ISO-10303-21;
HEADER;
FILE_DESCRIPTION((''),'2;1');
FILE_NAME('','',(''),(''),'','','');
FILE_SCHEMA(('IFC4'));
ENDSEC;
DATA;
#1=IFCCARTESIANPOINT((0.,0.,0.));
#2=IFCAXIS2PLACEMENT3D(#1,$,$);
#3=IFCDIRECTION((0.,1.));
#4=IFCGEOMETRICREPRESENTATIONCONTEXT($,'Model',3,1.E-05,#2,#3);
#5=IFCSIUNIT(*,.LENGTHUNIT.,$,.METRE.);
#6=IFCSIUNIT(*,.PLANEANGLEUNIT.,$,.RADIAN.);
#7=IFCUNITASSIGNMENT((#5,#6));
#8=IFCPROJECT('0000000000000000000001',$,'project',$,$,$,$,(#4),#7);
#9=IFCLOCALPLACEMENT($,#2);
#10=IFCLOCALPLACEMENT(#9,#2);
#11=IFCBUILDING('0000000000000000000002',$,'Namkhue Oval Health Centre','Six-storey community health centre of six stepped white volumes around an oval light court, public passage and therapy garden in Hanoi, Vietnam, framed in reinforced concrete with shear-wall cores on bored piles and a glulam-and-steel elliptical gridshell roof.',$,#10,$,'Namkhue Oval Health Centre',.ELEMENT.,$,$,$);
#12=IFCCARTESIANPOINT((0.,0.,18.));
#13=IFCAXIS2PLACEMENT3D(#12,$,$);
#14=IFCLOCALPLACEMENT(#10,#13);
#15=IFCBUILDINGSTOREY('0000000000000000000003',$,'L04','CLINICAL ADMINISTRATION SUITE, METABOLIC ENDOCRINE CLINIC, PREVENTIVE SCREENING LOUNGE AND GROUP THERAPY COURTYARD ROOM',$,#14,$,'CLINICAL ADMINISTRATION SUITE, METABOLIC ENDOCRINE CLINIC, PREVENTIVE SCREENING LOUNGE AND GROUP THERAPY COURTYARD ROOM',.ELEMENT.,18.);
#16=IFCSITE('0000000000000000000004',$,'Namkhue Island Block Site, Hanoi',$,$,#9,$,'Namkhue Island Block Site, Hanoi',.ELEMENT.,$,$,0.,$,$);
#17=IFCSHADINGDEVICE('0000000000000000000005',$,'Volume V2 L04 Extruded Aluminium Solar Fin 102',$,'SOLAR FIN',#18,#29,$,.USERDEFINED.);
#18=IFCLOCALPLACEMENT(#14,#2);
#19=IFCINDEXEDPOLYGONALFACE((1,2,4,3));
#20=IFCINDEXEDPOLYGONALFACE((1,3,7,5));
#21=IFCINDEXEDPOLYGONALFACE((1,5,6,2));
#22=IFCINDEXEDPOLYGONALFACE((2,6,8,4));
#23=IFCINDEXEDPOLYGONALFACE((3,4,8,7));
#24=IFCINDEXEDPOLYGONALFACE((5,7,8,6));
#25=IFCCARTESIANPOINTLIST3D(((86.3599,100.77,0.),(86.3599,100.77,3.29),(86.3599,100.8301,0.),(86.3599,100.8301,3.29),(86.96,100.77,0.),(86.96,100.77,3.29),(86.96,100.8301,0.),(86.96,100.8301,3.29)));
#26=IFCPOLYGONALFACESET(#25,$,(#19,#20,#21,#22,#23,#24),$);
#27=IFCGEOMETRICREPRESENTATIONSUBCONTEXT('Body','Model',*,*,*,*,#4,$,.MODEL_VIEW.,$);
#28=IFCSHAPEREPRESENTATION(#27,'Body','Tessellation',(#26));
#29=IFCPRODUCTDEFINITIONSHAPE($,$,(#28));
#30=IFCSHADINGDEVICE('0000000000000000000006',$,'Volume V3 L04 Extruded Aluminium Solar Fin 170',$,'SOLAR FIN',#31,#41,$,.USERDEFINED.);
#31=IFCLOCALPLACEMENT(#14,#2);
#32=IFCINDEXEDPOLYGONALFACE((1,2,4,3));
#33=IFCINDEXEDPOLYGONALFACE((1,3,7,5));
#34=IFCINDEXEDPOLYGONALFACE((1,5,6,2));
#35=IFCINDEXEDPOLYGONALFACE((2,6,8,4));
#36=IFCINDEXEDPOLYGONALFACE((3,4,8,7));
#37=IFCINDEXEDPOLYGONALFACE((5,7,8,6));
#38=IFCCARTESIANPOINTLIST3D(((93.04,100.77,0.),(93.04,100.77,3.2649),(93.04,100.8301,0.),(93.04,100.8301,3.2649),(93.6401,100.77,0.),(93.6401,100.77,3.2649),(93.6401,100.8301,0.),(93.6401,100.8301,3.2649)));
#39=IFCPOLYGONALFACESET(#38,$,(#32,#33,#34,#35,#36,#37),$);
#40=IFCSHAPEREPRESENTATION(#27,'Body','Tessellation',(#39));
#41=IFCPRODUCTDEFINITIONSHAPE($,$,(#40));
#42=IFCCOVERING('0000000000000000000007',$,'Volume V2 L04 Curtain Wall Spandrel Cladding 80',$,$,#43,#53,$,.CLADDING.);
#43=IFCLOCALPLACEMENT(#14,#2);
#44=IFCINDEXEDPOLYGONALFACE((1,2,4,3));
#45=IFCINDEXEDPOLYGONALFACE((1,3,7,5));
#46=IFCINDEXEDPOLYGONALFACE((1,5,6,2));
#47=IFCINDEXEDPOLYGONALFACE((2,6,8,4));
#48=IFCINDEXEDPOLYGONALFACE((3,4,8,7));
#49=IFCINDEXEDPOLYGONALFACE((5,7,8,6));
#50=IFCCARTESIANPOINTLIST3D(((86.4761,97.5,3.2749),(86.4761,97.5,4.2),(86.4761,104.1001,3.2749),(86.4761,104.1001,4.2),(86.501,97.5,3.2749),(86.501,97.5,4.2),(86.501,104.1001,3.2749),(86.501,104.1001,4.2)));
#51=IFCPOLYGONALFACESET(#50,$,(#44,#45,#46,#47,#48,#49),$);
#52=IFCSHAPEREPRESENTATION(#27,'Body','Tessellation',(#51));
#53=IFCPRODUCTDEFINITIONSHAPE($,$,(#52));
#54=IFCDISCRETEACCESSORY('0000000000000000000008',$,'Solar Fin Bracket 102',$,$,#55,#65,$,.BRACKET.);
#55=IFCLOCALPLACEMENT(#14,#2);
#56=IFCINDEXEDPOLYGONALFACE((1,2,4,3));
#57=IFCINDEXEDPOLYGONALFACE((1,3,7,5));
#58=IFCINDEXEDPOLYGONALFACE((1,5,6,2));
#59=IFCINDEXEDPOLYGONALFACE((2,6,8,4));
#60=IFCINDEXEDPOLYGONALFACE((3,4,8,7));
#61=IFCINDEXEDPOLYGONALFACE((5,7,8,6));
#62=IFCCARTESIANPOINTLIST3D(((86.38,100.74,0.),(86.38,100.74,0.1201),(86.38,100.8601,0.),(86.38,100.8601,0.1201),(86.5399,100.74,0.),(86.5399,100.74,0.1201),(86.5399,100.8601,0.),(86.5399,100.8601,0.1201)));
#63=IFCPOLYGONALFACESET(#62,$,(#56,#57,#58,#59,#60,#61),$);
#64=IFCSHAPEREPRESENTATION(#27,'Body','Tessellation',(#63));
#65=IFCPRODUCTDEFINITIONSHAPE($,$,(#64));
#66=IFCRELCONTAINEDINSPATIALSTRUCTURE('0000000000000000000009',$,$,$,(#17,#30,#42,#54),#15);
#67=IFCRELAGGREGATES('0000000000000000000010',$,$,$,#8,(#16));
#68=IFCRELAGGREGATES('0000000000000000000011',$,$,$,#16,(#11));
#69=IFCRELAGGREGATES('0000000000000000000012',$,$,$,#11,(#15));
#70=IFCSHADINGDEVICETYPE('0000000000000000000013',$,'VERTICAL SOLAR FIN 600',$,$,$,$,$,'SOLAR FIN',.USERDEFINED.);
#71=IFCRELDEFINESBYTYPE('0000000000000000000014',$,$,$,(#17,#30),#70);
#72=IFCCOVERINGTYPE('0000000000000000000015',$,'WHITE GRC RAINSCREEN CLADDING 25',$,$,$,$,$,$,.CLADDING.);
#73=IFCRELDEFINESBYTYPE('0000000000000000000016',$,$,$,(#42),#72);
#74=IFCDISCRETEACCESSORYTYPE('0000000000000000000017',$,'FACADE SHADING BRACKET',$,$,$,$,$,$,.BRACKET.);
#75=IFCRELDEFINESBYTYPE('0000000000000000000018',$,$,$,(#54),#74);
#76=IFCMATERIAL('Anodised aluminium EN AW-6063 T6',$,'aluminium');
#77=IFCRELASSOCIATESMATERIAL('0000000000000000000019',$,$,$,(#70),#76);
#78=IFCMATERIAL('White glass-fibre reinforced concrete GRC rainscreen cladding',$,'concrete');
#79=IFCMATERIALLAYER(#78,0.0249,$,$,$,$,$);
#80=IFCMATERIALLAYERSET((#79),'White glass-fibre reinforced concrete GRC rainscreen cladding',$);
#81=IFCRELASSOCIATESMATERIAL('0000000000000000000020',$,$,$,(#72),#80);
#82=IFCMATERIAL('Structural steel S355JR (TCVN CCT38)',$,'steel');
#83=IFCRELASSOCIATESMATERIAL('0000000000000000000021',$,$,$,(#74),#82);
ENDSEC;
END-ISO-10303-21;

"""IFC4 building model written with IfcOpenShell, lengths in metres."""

from ifc_helpers import new_model, si_unit, direction, frame, origin, origin_2d, place, context, subcontext, project, spatial, rectangle, extrude, material, layer, layer_set, type_object, element, save


model = new_model("IFC4")

# Units and contexts
model_context = context("Model", 3, precision=1e-05, world=origin(), true_north=direction((0.0, 1.0)))
body_context = subcontext(model_context, "Body", "Model", "MODEL_VIEW")
ifc_project = project(units=[si_unit("LENGTHUNIT", "METRE"), si_unit("PLANEANGLEUNIT", "RADIAN")], contexts=[model_context])

# Site, building, storey
site_placement = place(None, origin())
site = spatial("IfcSite", under=ifc_project, at=site_placement, Name="Namkhue Island Block Site, Hanoi", LongName="Namkhue Island Block Site, Hanoi", CompositionType="ELEMENT", RefElevation=0.0)
building_placement = place(site_placement, origin())
building = spatial("IfcBuilding", under=site, at=building_placement, Name="Namkhue Oval Health Centre", Description="Six-storey community health centre of six stepped white volumes around an oval light court, public passage and therapy garden in Hanoi, Vietnam, framed in reinforced concrete with shear-wall cores on bored piles and a glulam-and-steel elliptical gridshell roof.", LongName="Namkhue Oval Health Centre", CompositionType="ELEMENT")
storey_placement = place(building_placement, frame((0.0, 0.0, 18.0)))
storey = spatial("IfcBuildingStorey", under=building, at=storey_placement, Name="L04", Description="CLINICAL ADMINISTRATION SUITE, METABOLIC ENDOCRINE CLINIC, PREVENTIVE SCREENING LOUNGE AND GROUP THERAPY COURTYARD ROOM", LongName="CLINICAL ADMINISTRATION SUITE, METABOLIC ENDOCRINE CLINIC, PREVENTIVE SCREENING LOUNGE AND GROUP THERAPY COURTYARD ROOM", CompositionType="ELEMENT", Elevation=18.0)

# Shared definitions
ifc_material_1 = material(Name="Anodised aluminium EN AW-6063 T6", Category="aluminium")

# Shading devices
shading_device_type = type_object("IfcShadingDeviceType", Name="VERTICAL SOLAR FIN 600", ElementType="SOLAR FIN", PredefinedType="USERDEFINED", material=ifc_material_1)
shading_device_1_placement = place(storey_placement, frame((86.6599, 100.8, 0.0), z_axis=(0.0, 0.0, 1.0), x_axis=(1.0, 0.0, 0.0)))
element("IfcShadingDevice", 1, at=shading_device_1_placement, inside=storey, type_object=shading_device_type, Name="Volume V2 L04 Extruded Aluminium Solar Fin 102", ObjectType="SOLAR FIN", PredefinedType="USERDEFINED", context=body_context, shape_type="SweptSolid", body=[
    extrude(rectangle(XDim=0.6001, YDim=0.0601, at=origin_2d()), origin(), (0.0, 0.0, 1.0), 3.29),
])
shading_device_2_placement = place(storey_placement, frame((93.3401, 100.8, 0.0), z_axis=(0.0, 0.0, 1.0), x_axis=(-1.0, 0.0, 0.0)))
element("IfcShadingDevice", 2, at=shading_device_2_placement, inside=storey, type_object=shading_device_type, Name="Volume V3 L04 Extruded Aluminium Solar Fin 170", ObjectType="SOLAR FIN", PredefinedType="USERDEFINED", context=body_context, shape_type="SweptSolid", body=[
    extrude(rectangle(XDim=0.6001, YDim=0.0601, at=origin_2d()), origin(), (0.0, 0.0, 1.0), 3.2649),
])

# Covering
ifc_material_2 = material(Name="White glass-fibre reinforced concrete GRC rainscreen cladding", Category="concrete")
ifc_layer_1 = layer(ifc_material_2, 0.0249)
ifc_layer_set_1 = layer_set([ifc_layer_1], Name="White glass-fibre reinforced concrete GRC rainscreen cladding")
covering_type = type_object("IfcCoveringType", Name="WHITE GRC RAINSCREEN CLADDING 25", PredefinedType="CLADDING", material=ifc_layer_set_1)
covering_placement = place(storey_placement, frame((86.4885, 100.8, 3.2749), z_axis=(0.0, 0.0, 1.0), x_axis=(0.0, 1.0, 0.0)))
element("IfcCovering", 3, at=covering_placement, inside=storey, type_object=covering_type, Name="Volume V2 L04 Curtain Wall Spandrel Cladding 80", PredefinedType="CLADDING", context=body_context, shape_type="SweptSolid", body=[
    extrude(rectangle(XDim=6.6001, YDim=0.0249, at=origin_2d()), origin(), (0.0, 0.0, 1.0), 0.925),
])

# Discrete accessory
ifc_material_3 = material(Name="Structural steel S355JR (TCVN CCT38)", Category="steel")
discrete_accessory_type = type_object("IfcDiscreteAccessoryType", Name="FACADE SHADING BRACKET", PredefinedType="BRACKET", material=ifc_material_3)
discrete_accessory_placement = place(storey_placement, frame((86.46, 100.8, 0.0), z_axis=(0.0, 0.0, 1.0), x_axis=(1.0, 0.0, 0.0)))
element("IfcDiscreteAccessory", 4, at=discrete_accessory_placement, inside=storey, type_object=discrete_accessory_type, Name="Solar Fin Bracket 102", PredefinedType="BRACKET", context=body_context, shape_type="SweptSolid", body=[
    extrude(rectangle(XDim=0.1599, YDim=0.1201, at=origin_2d()), origin(), (0.0, 0.0, 1.0), 0.1201),
])

save(model, "model.ifc")
